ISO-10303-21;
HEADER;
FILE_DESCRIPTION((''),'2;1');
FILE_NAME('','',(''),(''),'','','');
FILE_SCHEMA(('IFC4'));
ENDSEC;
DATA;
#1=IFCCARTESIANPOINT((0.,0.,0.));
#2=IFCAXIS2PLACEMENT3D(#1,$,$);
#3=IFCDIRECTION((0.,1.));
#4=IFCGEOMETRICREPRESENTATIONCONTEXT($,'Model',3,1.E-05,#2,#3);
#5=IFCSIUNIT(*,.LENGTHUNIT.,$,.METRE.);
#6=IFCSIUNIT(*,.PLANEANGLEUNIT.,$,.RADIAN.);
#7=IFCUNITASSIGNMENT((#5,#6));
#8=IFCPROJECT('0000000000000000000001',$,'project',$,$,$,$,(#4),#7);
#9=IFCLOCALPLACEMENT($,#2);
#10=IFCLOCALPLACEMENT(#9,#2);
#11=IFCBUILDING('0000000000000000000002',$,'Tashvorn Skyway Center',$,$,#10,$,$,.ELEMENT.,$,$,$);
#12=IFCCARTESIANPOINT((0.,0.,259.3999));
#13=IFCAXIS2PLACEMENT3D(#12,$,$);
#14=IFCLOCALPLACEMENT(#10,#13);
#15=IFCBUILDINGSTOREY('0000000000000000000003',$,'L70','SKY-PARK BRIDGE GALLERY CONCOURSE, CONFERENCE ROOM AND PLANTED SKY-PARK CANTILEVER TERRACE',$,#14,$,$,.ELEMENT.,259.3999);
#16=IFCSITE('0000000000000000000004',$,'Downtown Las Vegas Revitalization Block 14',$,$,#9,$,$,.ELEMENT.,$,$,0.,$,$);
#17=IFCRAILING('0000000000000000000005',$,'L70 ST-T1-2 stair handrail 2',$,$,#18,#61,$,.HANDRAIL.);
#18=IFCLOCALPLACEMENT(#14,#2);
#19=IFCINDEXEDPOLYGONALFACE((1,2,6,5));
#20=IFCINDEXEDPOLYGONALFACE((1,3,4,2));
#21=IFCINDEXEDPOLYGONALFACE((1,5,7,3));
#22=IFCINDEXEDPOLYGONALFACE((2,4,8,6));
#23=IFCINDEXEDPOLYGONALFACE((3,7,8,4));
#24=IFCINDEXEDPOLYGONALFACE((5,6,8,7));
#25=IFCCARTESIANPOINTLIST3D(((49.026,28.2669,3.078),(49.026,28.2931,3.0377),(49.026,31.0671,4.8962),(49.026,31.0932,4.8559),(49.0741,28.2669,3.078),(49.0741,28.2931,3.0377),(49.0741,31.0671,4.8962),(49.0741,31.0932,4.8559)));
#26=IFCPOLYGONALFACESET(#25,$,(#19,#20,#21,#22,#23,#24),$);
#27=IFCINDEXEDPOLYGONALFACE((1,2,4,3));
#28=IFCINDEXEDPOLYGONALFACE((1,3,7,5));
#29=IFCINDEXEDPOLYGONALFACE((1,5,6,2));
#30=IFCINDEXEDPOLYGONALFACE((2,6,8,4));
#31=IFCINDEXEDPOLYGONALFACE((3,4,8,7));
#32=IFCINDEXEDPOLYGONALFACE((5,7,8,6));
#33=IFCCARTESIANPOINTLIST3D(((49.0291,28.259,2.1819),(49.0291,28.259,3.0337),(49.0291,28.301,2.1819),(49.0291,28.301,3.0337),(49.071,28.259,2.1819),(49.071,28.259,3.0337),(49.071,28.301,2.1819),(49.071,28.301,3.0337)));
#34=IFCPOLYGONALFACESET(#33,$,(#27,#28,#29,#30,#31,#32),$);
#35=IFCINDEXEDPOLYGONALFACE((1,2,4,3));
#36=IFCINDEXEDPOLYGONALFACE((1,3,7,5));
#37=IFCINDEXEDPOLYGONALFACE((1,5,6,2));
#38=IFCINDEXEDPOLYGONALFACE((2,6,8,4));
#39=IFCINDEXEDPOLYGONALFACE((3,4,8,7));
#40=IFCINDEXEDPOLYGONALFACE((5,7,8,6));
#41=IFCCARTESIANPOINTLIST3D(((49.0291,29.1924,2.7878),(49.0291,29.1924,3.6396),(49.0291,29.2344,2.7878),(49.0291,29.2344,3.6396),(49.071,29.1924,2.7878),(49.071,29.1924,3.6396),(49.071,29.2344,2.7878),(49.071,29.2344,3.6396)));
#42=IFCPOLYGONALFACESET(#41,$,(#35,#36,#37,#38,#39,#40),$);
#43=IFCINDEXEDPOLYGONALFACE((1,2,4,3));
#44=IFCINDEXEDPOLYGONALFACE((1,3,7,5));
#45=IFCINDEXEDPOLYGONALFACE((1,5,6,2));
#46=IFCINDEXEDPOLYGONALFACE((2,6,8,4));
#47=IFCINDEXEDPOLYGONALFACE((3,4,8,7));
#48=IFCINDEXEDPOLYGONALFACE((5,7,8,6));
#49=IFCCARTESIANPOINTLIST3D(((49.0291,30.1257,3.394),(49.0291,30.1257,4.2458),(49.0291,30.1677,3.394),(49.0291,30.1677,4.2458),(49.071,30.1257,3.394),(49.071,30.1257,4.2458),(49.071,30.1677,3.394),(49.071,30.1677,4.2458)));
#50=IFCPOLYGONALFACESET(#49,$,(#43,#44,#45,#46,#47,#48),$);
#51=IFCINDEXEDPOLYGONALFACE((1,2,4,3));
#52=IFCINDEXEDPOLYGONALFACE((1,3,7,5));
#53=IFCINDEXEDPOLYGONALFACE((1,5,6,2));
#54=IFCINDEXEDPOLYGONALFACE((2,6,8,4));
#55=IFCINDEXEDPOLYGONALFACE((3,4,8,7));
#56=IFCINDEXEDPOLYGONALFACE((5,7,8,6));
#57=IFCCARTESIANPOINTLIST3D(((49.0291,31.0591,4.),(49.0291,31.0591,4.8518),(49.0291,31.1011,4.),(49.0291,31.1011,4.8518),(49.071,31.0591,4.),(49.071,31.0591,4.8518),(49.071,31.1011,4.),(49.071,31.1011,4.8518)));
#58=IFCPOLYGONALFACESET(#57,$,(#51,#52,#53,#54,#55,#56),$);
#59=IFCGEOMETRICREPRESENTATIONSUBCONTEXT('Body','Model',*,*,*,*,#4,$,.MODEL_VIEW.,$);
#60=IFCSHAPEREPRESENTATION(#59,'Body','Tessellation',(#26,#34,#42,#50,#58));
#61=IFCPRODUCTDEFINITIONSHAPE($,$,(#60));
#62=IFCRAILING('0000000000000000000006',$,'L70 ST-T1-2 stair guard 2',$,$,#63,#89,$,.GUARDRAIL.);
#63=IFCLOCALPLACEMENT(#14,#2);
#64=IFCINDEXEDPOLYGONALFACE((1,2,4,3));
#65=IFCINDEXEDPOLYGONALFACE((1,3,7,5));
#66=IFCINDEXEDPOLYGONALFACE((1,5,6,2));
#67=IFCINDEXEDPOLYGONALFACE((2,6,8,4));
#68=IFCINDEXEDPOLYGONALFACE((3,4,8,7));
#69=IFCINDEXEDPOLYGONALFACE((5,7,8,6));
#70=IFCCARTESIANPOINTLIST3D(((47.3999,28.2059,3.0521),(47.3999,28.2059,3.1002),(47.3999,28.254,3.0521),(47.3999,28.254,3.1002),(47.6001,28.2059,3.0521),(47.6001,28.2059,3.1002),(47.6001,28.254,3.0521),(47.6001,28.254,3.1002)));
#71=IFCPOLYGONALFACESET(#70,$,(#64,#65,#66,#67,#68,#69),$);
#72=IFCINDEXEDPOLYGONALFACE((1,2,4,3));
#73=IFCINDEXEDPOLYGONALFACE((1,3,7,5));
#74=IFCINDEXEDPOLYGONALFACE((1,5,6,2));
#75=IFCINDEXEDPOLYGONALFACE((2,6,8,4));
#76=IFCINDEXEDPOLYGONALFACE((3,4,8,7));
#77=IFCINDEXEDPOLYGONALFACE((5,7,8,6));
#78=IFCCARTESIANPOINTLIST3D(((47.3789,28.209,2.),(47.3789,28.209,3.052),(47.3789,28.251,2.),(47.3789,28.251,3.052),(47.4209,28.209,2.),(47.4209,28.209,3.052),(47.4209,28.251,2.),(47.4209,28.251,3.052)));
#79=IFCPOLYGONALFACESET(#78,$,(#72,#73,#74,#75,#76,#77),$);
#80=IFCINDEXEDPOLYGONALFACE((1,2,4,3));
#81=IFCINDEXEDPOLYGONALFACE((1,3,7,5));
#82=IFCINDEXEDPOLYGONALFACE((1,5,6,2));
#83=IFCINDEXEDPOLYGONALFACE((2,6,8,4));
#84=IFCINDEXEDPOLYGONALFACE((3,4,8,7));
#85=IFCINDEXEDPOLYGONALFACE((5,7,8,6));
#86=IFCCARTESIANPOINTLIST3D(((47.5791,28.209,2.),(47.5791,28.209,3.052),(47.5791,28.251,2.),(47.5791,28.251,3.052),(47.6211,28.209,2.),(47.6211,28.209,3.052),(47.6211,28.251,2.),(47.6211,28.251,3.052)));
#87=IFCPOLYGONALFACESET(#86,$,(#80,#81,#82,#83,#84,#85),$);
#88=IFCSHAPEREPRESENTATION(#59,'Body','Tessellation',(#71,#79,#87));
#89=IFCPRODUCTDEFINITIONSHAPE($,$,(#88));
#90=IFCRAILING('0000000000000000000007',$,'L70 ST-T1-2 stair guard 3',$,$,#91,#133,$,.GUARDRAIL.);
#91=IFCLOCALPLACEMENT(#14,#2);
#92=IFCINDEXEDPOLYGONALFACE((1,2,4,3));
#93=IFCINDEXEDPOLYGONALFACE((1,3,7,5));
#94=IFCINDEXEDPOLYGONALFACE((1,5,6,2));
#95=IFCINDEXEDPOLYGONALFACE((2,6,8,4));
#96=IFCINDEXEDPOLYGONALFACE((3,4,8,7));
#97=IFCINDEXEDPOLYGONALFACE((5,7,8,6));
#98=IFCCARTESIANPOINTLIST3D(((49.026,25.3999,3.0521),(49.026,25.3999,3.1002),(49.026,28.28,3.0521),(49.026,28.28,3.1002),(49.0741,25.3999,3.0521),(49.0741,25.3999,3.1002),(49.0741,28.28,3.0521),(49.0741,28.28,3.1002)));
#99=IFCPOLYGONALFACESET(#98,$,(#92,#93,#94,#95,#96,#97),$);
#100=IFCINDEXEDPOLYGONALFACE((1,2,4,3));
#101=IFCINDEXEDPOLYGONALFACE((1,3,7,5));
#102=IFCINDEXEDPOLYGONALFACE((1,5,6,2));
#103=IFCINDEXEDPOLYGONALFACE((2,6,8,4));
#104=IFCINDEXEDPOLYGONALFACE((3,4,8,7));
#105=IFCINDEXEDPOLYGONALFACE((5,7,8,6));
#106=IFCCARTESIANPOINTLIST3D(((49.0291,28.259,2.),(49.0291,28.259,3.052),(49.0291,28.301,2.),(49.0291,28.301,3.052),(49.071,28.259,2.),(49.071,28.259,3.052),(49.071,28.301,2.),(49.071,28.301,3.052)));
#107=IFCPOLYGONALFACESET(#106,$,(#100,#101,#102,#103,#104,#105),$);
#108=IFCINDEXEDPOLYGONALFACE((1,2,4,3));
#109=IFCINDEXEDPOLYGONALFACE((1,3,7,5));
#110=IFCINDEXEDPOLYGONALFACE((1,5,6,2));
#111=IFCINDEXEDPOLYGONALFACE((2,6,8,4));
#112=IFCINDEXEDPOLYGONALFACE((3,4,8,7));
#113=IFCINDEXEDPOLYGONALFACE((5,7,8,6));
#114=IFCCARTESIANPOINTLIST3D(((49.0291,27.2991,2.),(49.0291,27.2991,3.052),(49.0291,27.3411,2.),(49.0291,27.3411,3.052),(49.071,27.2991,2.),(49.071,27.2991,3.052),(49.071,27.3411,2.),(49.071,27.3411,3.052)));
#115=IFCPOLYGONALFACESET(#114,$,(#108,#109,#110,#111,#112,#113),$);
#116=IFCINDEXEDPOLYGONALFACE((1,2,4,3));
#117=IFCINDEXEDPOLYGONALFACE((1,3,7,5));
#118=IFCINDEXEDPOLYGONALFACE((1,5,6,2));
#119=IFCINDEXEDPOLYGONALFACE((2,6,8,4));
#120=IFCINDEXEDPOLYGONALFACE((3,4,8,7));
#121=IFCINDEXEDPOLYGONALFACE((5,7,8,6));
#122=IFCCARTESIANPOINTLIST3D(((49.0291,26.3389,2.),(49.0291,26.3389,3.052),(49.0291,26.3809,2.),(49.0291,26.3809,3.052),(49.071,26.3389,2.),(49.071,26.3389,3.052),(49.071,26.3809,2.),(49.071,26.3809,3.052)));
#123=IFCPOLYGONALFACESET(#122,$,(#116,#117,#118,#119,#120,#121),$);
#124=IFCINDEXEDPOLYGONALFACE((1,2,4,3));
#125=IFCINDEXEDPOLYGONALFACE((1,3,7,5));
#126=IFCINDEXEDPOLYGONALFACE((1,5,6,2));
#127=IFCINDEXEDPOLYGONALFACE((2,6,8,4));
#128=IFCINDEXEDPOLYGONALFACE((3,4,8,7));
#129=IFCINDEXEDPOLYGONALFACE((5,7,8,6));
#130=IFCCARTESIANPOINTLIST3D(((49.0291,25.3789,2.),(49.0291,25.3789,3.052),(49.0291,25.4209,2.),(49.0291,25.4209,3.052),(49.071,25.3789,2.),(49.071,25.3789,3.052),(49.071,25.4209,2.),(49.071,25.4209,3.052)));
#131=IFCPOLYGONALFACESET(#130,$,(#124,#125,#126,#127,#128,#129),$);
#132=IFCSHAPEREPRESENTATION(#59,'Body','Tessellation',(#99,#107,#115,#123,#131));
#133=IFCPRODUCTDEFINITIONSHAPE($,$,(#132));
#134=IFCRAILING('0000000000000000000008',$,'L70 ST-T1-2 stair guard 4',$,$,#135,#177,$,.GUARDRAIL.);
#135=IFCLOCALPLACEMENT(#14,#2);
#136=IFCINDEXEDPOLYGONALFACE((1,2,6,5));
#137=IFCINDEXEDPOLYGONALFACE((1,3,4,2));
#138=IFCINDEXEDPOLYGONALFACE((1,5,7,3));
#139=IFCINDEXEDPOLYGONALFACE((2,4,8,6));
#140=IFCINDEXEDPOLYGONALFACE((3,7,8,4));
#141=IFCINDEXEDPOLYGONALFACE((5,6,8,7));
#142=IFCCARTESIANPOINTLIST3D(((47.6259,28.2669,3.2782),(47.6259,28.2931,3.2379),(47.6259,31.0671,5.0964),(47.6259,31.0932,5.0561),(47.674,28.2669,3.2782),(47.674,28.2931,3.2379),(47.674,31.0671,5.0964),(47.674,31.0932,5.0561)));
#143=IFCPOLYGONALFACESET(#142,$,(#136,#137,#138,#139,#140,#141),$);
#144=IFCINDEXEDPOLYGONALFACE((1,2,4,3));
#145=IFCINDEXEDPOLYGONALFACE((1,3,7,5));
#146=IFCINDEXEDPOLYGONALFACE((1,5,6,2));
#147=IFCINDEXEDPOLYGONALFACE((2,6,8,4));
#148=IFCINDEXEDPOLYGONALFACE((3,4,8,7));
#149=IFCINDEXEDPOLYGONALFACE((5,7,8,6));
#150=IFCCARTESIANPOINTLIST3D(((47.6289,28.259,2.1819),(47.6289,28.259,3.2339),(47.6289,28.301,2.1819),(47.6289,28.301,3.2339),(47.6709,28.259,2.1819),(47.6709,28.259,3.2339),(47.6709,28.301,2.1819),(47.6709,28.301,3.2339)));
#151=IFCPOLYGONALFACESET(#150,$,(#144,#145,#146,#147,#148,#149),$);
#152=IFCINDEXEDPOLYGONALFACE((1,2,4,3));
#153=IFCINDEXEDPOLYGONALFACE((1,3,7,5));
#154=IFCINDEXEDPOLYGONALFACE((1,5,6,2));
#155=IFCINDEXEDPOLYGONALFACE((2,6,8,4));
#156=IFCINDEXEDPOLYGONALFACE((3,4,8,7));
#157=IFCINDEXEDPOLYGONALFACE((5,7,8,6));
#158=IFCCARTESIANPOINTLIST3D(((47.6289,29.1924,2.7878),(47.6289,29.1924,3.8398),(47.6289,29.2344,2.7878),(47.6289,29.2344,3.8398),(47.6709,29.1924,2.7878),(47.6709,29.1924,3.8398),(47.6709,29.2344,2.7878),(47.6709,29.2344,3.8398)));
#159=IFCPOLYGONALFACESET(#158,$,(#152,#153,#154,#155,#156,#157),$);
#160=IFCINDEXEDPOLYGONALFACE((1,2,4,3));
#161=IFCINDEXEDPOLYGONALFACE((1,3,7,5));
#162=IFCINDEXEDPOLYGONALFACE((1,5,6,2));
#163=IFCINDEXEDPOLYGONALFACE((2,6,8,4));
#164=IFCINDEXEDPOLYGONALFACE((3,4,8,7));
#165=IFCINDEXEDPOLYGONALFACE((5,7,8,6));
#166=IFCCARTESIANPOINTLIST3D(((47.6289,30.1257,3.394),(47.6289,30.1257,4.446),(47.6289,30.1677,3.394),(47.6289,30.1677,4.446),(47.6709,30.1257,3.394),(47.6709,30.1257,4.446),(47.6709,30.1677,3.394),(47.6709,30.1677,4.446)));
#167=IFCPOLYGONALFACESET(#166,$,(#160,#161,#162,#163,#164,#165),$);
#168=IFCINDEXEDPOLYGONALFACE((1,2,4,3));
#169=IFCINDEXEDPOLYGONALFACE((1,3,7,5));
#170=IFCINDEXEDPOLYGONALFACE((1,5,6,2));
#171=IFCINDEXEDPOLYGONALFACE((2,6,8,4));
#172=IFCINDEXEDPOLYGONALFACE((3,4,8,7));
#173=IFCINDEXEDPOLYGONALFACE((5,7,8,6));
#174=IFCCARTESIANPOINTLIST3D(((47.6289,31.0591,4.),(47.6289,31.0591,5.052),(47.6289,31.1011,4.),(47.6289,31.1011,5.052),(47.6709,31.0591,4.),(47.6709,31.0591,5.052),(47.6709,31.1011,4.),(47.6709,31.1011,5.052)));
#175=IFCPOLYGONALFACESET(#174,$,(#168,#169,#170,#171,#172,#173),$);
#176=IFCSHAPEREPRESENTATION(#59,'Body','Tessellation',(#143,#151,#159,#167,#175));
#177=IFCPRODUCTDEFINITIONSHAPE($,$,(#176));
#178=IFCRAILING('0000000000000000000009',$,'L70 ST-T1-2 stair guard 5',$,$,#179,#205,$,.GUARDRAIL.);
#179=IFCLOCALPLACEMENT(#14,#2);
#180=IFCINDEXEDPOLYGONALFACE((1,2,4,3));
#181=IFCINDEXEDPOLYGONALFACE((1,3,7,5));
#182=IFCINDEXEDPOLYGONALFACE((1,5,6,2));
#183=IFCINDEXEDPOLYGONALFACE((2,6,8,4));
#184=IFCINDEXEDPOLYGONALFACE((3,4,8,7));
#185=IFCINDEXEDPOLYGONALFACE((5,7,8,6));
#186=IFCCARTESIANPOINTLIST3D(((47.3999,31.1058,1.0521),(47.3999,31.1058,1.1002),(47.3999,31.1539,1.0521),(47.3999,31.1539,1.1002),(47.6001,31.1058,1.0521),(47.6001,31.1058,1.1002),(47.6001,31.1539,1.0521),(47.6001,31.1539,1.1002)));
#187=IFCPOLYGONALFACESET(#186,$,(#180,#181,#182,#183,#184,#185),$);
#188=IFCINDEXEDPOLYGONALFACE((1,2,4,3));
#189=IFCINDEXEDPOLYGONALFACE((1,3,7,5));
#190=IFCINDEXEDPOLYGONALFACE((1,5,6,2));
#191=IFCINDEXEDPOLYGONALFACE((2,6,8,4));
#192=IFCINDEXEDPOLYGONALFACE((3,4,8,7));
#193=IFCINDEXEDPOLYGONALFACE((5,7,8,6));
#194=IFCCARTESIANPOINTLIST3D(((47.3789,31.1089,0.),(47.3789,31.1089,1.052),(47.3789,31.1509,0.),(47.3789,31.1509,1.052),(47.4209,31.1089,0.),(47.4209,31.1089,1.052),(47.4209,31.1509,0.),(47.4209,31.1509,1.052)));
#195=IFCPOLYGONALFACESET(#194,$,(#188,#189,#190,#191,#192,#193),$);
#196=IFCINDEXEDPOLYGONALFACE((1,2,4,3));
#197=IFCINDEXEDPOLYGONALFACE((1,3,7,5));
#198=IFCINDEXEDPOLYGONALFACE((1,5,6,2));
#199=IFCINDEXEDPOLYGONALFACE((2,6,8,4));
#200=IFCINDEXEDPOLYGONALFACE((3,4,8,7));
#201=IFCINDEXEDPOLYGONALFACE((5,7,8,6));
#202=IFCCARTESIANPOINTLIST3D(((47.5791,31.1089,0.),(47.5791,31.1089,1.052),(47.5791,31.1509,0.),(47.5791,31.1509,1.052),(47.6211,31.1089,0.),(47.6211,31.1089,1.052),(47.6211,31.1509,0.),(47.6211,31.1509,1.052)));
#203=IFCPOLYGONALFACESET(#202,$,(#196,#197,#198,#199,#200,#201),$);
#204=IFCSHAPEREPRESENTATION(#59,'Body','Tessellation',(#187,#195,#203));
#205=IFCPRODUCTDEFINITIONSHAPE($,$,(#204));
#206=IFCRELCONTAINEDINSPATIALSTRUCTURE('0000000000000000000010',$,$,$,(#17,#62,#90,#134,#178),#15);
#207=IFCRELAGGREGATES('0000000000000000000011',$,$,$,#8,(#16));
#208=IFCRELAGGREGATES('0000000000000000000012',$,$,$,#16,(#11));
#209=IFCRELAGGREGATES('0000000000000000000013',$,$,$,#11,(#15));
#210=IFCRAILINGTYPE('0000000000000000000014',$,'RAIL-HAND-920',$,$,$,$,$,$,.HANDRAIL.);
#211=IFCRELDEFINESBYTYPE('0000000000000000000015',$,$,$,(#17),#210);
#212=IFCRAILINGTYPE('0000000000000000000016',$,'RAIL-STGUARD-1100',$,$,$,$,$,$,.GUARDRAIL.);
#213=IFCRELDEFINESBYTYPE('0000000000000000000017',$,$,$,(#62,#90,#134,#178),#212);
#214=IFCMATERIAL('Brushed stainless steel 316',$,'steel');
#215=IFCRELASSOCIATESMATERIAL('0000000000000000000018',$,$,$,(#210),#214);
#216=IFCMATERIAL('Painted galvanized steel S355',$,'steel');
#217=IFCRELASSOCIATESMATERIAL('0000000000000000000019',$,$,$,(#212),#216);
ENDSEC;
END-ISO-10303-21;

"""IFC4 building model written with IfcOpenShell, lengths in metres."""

from ifc_helpers import new_model, si_unit, direction, frame, origin, origin_2d, place, context, subcontext, project, spatial, rectangle, extrude, material, type_object, element, save


model = new_model("IFC4")

# Units and contexts
model_context = context("Model", 3, precision=1e-05, world=origin(), true_north=direction((0.0, 1.0)))
body_context = subcontext(model_context, "Body", "Model", "MODEL_VIEW")
ifc_project = project(units=[si_unit("LENGTHUNIT", "METRE"), si_unit("PLANEANGLEUNIT", "RADIAN")], contexts=[model_context])

# Site, building, storey
site_placement = place(None, origin())
site = spatial("IfcSite", under=ifc_project, at=site_placement, Name="Downtown Las Vegas Revitalization Block 14", CompositionType="ELEMENT", RefElevation=0.0)
building_placement = place(site_placement, origin())
building = spatial("IfcBuilding", under=site, at=building_placement, Name="Tashvorn Skyway Center", CompositionType="ELEMENT")
storey_placement = place(building_placement, frame((0.0, 0.0, 259.3999)))
storey = spatial("IfcBuildingStorey", under=building, at=storey_placement, Name="L70", Description="SKY-PARK BRIDGE GALLERY CONCOURSE, CONFERENCE ROOM AND PLANTED SKY-PARK CANTILEVER TERRACE", CompositionType="ELEMENT", Elevation=259.3999)

# Railings
ifc_material_1 = material(Name="Brushed stainless steel 316", Category="steel")
railing_type_1 = type_object("IfcRailingType", Name="RAIL-HAND-920", PredefinedType="HANDRAIL", material=ifc_material_1)
railing_1_placement = place(storey_placement, frame((49.05, 28.28, 2.1819)))
element("IfcRailing", 1, at=railing_1_placement, inside=storey, type_object=railing_type_1, Name="L70 ST-T1-2 stair handrail 2", PredefinedType="HANDRAIL", context=body_context, shape_type="SweptSolid", body=[
    extrude(rectangle(XDim=0.0481, YDim=0.0481, at=origin_2d()), frame((0.0, 0.0, 0.876), z_axis=(0.0, 0.838706, 0.544585), x_axis=(-1.0, 0.0, 0.0)), (0.0, 0.0, 1.0), 3.3386),
    extrude(rectangle(XDim=0.042, YDim=0.042, at=origin_2d()), origin(), (0.0, 0.0, 1.0), 0.8518),
    extrude(rectangle(XDim=0.042, YDim=0.042, at=origin_2d()), frame((0.0, 0.9333, 0.606)), (0.0, 0.0, 1.0), 0.8518),
    extrude(rectangle(XDim=0.042, YDim=0.042, at=origin_2d()), frame((0.0, 1.8667, 1.2122)), (0.0, 0.0, 1.0), 0.8518),
    extrude(rectangle(XDim=0.042, YDim=0.042, at=origin_2d()), frame((0.0, 2.8, 1.8181)), (0.0, 0.0, 1.0), 0.8518),
])
ifc_material_2 = material(Name="Painted galvanized steel S355", Category="steel")
railing_type_2 = type_object("IfcRailingType", Name="RAIL-STGUARD-1100", PredefinedType="GUARDRAIL", material=ifc_material_2)
railing_2_placement = place(storey_placement, frame((47.3999, 28.23, 2.0)))
element("IfcRailing", 2, at=railing_2_placement, inside=storey, type_object=railing_type_2, Name="L70 ST-T1-2 stair guard 2", PredefinedType="GUARDRAIL", context=body_context, shape_type="SweptSolid", body=[
    extrude(rectangle(XDim=0.0481, YDim=0.0481, at=origin_2d()), frame((0.0, 0.0, 1.0762), z_axis=(1.0, 0.0, 0.0), x_axis=(0.0, 1.0, 0.0)), (0.0, 0.0, 1.0), 0.2002),
    extrude(rectangle(XDim=0.042, YDim=0.042, at=origin_2d()), origin(), (0.0, 0.0, 1.0), 1.052),
    extrude(rectangle(XDim=0.042, YDim=0.042, at=origin_2d()), frame((0.2002, 0.0, 0.0)), (0.0, 0.0, 1.0), 1.052),
])
railing_3_placement = place(storey_placement, frame((49.05, 28.28, 2.0)))
element("IfcRailing", 3, at=railing_3_placement, inside=storey, type_object=railing_type_2, Name="L70 ST-T1-2 stair guard 3", PredefinedType="GUARDRAIL", context=body_context, shape_type="SweptSolid", body=[
    extrude(rectangle(XDim=0.0481, YDim=0.0481, at=origin_2d()), frame((0.0, 0.0, 1.0762), z_axis=(0.0, -1.0, 0.0), x_axis=(1.0, 0.0, 0.0)), (0.0, 0.0, 1.0), 2.8801),
    extrude(rectangle(XDim=0.042, YDim=0.042, at=origin_2d()), origin(), (0.0, 0.0, 1.0), 1.052),
    extrude(rectangle(XDim=0.042, YDim=0.042, at=origin_2d()), frame((0.0, -0.96, 0.0)), (0.0, 0.0, 1.0), 1.052),
    extrude(rectangle(XDim=0.042, YDim=0.042, at=origin_2d()), frame((0.0, -1.9202, 0.0)), (0.0, 0.0, 1.0), 1.052),
    extrude(rectangle(XDim=0.042, YDim=0.042, at=origin_2d()), frame((0.0, -2.8801, 0.0)), (0.0, 0.0, 1.0), 1.052),
])
railing_4_placement = place(storey_placement, frame((47.6499, 28.28, 2.1819)))
element("IfcRailing", 4, at=railing_4_placement, inside=storey, type_object=railing_type_2, Name="L70 ST-T1-2 stair guard 4", PredefinedType="GUARDRAIL", context=body_context, shape_type="SweptSolid", body=[
    extrude(rectangle(XDim=0.0481, YDim=0.0481, at=origin_2d()), frame((0.0, 0.0, 1.0762), z_axis=(0.0, 0.838706, 0.544585), x_axis=(-1.0, 0.0, 0.0)), (0.0, 0.0, 1.0), 3.3386),
    extrude(rectangle(XDim=0.042, YDim=0.042, at=origin_2d()), origin(), (0.0, 0.0, 1.0), 1.052),
    extrude(rectangle(XDim=0.042, YDim=0.042, at=origin_2d()), frame((0.0, 0.9333, 0.606)), (0.0, 0.0, 1.0), 1.052),
    extrude(rectangle(XDim=0.042, YDim=0.042, at=origin_2d()), frame((0.0, 1.8667, 1.2122)), (0.0, 0.0, 1.0), 1.052),
    extrude(rectangle(XDim=0.042, YDim=0.042, at=origin_2d()), frame((0.0, 2.8, 1.8181)), (0.0, 0.0, 1.0), 1.052),
])
railing_5_placement = place(storey_placement, frame((47.3999, 31.1299, 0.0)))
element("IfcRailing", 5, at=railing_5_placement, inside=storey, type_object=railing_type_2, Name="L70 ST-T1-2 stair guard 5", PredefinedType="GUARDRAIL", context=body_context, shape_type="SweptSolid", body=[
    extrude(rectangle(XDim=0.0481, YDim=0.0481, at=origin_2d()), frame((0.0, 0.0, 1.0762), z_axis=(1.0, 0.0, 0.0), x_axis=(0.0, 1.0, 0.0)), (0.0, 0.0, 1.0), 0.2002),
    extrude(rectangle(XDim=0.042, YDim=0.042, at=origin_2d()), origin(), (0.0, 0.0, 1.0), 1.052),
    extrude(rectangle(XDim=0.042, YDim=0.042, at=origin_2d()), frame((0.2002, 0.0, 0.0)), (0.0, 0.0, 1.0), 1.052),
])

save(model, "model.ifc")
